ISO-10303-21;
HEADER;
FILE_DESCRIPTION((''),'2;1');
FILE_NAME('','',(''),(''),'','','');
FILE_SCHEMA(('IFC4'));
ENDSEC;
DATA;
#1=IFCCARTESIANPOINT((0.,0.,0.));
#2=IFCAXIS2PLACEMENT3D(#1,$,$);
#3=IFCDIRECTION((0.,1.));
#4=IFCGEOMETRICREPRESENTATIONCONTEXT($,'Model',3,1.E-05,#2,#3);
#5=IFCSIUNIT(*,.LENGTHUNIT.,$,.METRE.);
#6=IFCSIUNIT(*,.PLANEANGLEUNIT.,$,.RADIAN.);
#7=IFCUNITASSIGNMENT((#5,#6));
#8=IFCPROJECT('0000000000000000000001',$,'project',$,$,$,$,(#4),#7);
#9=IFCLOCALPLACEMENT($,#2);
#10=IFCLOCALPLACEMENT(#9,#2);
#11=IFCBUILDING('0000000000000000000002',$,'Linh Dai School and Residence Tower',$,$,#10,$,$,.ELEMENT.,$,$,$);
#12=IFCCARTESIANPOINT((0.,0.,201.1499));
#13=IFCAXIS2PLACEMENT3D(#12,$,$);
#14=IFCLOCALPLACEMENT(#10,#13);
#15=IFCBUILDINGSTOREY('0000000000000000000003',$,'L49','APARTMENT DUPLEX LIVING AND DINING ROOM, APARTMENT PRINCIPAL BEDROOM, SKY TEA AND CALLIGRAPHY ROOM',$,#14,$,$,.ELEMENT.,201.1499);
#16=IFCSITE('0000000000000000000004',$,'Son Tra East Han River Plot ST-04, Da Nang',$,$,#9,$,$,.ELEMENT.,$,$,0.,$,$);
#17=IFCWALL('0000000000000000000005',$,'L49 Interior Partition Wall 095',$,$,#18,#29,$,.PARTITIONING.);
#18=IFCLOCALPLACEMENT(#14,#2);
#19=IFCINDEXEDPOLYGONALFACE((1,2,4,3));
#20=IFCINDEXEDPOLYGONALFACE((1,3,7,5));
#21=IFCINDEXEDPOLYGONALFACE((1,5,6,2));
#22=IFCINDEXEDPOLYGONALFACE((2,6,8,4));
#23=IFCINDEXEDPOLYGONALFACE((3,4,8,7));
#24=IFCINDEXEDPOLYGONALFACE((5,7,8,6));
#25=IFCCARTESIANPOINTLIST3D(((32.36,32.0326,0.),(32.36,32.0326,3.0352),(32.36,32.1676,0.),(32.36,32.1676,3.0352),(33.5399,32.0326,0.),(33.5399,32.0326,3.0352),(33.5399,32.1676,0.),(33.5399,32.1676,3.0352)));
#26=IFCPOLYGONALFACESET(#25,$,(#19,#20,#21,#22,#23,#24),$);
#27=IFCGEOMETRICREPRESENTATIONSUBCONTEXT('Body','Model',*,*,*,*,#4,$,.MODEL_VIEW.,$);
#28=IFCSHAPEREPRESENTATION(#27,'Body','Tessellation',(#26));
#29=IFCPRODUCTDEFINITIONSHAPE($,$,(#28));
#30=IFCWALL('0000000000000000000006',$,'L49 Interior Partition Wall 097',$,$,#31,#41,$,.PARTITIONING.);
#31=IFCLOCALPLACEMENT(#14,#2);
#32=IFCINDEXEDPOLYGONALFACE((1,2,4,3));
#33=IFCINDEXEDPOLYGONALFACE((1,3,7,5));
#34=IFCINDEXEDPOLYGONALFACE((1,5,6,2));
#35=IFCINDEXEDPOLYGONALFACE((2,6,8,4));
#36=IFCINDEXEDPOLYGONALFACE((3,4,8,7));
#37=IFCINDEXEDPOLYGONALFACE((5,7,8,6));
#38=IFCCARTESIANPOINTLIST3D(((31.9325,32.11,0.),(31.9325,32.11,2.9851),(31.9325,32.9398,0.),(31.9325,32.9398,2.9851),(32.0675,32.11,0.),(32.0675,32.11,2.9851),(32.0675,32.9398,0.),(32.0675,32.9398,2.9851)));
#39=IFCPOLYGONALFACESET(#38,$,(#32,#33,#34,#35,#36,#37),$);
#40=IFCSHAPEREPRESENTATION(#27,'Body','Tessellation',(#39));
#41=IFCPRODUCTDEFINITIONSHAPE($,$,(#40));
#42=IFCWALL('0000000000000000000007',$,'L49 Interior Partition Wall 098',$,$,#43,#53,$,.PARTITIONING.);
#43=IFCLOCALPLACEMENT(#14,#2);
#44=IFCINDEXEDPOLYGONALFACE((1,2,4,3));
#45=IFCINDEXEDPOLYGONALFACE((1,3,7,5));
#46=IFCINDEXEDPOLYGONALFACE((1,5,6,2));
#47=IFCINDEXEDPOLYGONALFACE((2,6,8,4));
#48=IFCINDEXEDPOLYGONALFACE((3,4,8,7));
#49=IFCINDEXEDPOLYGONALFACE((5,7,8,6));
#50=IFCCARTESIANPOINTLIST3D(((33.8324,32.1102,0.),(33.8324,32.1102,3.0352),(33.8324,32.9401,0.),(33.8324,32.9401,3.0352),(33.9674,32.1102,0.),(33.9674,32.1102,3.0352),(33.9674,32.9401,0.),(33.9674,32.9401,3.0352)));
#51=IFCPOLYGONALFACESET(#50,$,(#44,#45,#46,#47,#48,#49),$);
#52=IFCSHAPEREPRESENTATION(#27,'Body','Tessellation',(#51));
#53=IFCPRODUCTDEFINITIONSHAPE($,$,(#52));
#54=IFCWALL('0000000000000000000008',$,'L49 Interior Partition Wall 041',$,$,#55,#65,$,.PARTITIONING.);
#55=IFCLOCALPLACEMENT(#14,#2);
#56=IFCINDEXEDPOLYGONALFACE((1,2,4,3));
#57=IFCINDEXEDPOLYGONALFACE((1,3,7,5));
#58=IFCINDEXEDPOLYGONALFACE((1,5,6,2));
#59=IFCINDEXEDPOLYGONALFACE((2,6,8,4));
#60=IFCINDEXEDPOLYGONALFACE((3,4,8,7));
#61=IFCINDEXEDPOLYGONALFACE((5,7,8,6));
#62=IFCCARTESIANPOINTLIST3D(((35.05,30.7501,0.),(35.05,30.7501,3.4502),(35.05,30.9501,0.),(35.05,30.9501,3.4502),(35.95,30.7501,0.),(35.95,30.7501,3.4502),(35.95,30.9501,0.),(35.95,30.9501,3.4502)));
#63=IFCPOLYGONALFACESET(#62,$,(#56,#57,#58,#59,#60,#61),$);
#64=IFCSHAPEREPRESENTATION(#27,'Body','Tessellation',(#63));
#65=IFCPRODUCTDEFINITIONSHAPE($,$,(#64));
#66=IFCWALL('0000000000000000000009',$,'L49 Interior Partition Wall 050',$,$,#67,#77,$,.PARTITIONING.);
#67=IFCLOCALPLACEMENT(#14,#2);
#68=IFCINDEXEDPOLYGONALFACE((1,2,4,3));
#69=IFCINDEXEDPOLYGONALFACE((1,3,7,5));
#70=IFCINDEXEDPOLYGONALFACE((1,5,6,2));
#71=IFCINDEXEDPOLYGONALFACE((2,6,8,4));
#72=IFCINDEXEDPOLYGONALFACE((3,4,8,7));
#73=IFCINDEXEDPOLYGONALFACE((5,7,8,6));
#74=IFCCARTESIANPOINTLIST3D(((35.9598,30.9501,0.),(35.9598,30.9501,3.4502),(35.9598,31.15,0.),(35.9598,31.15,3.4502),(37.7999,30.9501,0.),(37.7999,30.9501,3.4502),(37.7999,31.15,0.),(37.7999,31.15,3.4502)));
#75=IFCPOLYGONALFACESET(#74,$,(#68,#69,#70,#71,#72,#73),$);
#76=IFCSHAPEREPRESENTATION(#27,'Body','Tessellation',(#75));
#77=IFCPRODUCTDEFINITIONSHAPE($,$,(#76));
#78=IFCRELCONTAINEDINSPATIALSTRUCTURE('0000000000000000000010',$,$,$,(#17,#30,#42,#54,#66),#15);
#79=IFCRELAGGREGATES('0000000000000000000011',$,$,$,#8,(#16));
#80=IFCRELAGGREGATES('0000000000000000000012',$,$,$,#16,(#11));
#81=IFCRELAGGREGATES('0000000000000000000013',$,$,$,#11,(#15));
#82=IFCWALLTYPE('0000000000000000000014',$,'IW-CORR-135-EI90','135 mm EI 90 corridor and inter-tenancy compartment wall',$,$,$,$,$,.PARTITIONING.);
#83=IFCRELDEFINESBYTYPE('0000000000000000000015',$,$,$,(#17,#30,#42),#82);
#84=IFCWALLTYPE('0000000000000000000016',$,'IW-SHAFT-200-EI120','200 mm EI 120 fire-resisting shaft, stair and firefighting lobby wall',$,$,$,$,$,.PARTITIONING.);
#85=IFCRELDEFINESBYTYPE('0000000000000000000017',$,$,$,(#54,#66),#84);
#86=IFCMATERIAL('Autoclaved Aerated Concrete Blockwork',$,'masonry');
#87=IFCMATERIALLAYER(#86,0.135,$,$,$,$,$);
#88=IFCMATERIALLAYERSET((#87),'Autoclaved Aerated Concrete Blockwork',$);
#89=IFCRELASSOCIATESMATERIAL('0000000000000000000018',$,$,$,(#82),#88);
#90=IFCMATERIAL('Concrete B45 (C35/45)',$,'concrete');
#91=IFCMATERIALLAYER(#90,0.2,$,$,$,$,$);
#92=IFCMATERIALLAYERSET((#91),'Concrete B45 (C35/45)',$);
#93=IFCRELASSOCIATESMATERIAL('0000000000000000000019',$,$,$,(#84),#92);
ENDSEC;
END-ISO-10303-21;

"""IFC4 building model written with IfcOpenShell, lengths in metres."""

from ifc_helpers import new_model, si_unit, direction, frame, frame_2d, origin, place, context, subcontext, project, spatial, rectangle, extrude, material, layer, layer_set, type_object, element, save


model = new_model("IFC4")

# Units and contexts
model_context = context("Model", 3, precision=1e-05, world=origin(), true_north=direction((0.0, 1.0)))
body_context = subcontext(model_context, "Body", "Model", "MODEL_VIEW")
ifc_project = project(units=[si_unit("LENGTHUNIT", "METRE"), si_unit("PLANEANGLEUNIT", "RADIAN")], contexts=[model_context])

# Site, building, storey
site_placement = place(None, origin())
site = spatial("IfcSite", under=ifc_project, at=site_placement, Name="Son Tra East Han River Plot ST-04, Da Nang", CompositionType="ELEMENT", RefElevation=0.0)
building_placement = place(site_placement, origin())
building = spatial("IfcBuilding", under=site, at=building_placement, Name="Linh Dai School and Residence Tower", CompositionType="ELEMENT")
storey_placement = place(building_placement, frame((0.0, 0.0, 201.1499)))
storey = spatial("IfcBuildingStorey", under=building, at=storey_placement, Name="L49", Description="APARTMENT DUPLEX LIVING AND DINING ROOM, APARTMENT PRINCIPAL BEDROOM, SKY TEA AND CALLIGRAPHY ROOM", CompositionType="ELEMENT", Elevation=201.1499)

# Shared definitions
ifc_material_1 = material(Name="Autoclaved Aerated Concrete Blockwork", Category="masonry")
ifc_layer_1 = layer(ifc_material_1, 0.135)
ifc_layer_set_1 = layer_set([ifc_layer_1], Name="Autoclaved Aerated Concrete Blockwork")
wall_type_1 = type_object("IfcWallType", Name="IW-CORR-135-EI90", Description="135 mm EI 90 corridor and inter-tenancy compartment wall", PredefinedType="PARTITIONING", material=ifc_layer_set_1)

# Walls
wall_1_placement = place(storey_placement, frame((32.3601, 32.1001, 0.0), z_axis=(0.0, 0.0, 1.0), x_axis=(1.0, 0.0, 0.0)))
element("IfcWall", 1, at=wall_1_placement, inside=storey, type_object=wall_type_1, Name="L49 Interior Partition Wall 095", PredefinedType="PARTITIONING", context=body_context, shape_type="SweptSolid", body=[
    extrude(rectangle(XDim=1.1799, YDim=0.135, at=frame_2d((0.5898, 0.0))), origin(), (0.0, 0.0, 1.0), 3.0352),
])
wall_2_placement = place(storey_placement, frame((32.0, 32.9399, 0.0), z_axis=(0.0, 0.0, 1.0), x_axis=(0.0, -1.0, 0.0)))
element("IfcWall", 2, at=wall_2_placement, inside=storey, type_object=wall_type_1, Name="L49 Interior Partition Wall 097", PredefinedType="PARTITIONING", context=body_context, shape_type="SweptSolid", body=[
    extrude(rectangle(XDim=0.8298, YDim=0.135, at=frame_2d((0.415, 0.0))), origin(), (0.0, 0.0, 1.0), 2.9851),
])
wall_3_placement = place(storey_placement, frame((33.8999, 32.1101, 0.0), z_axis=(0.0, 0.0, 1.0), x_axis=(0.0, 1.0, 0.0)))
element("IfcWall", 3, at=wall_3_placement, inside=storey, type_object=wall_type_1, Name="L49 Interior Partition Wall 098", PredefinedType="PARTITIONING", context=body_context, shape_type="SweptSolid", body=[
    extrude(rectangle(XDim=0.8298, YDim=0.135, at=frame_2d((0.415, 0.0))), origin(), (0.0, 0.0, 1.0), 3.0352),
])
ifc_material_2 = material(Name="Concrete B45 (C35/45)", Category="concrete")
ifc_layer_2 = layer(ifc_material_2, 0.2)
ifc_layer_set_2 = layer_set([ifc_layer_2], Name="Concrete B45 (C35/45)")
wall_type_2 = type_object("IfcWallType", Name="IW-SHAFT-200-EI120", Description="200 mm EI 120 fire-resisting shaft, stair and firefighting lobby wall", PredefinedType="PARTITIONING", material=ifc_layer_set_2)
wall_4_placement = place(storey_placement, frame((35.05, 30.8501, 0.0), z_axis=(0.0, 0.0, 1.0), x_axis=(1.0, 0.0, 0.0)))
element("IfcWall", 4, at=wall_4_placement, inside=storey, type_object=wall_type_2, Name="L49 Interior Partition Wall 041", PredefinedType="PARTITIONING", context=body_context, shape_type="SweptSolid", body=[
    extrude(rectangle(XDim=0.8999, YDim=0.2, at=frame_2d((0.45, 0.0))), origin(), (0.0, 0.0, 1.0), 3.4502),
])
wall_5_placement = place(storey_placement, frame((35.96, 31.05, 0.0), z_axis=(0.0, 0.0, 1.0), x_axis=(1.0, 0.0, 0.0)))
element("IfcWall", 5, at=wall_5_placement, inside=storey, type_object=wall_type_2, Name="L49 Interior Partition Wall 050", PredefinedType="PARTITIONING", context=body_context, shape_type="SweptSolid", body=[
    extrude(rectangle(XDim=1.8401, YDim=0.2, at=frame_2d((0.9199, 0.0))), origin(), (0.0, 0.0, 1.0), 3.4502),
])

save(model, "model.ifc")
